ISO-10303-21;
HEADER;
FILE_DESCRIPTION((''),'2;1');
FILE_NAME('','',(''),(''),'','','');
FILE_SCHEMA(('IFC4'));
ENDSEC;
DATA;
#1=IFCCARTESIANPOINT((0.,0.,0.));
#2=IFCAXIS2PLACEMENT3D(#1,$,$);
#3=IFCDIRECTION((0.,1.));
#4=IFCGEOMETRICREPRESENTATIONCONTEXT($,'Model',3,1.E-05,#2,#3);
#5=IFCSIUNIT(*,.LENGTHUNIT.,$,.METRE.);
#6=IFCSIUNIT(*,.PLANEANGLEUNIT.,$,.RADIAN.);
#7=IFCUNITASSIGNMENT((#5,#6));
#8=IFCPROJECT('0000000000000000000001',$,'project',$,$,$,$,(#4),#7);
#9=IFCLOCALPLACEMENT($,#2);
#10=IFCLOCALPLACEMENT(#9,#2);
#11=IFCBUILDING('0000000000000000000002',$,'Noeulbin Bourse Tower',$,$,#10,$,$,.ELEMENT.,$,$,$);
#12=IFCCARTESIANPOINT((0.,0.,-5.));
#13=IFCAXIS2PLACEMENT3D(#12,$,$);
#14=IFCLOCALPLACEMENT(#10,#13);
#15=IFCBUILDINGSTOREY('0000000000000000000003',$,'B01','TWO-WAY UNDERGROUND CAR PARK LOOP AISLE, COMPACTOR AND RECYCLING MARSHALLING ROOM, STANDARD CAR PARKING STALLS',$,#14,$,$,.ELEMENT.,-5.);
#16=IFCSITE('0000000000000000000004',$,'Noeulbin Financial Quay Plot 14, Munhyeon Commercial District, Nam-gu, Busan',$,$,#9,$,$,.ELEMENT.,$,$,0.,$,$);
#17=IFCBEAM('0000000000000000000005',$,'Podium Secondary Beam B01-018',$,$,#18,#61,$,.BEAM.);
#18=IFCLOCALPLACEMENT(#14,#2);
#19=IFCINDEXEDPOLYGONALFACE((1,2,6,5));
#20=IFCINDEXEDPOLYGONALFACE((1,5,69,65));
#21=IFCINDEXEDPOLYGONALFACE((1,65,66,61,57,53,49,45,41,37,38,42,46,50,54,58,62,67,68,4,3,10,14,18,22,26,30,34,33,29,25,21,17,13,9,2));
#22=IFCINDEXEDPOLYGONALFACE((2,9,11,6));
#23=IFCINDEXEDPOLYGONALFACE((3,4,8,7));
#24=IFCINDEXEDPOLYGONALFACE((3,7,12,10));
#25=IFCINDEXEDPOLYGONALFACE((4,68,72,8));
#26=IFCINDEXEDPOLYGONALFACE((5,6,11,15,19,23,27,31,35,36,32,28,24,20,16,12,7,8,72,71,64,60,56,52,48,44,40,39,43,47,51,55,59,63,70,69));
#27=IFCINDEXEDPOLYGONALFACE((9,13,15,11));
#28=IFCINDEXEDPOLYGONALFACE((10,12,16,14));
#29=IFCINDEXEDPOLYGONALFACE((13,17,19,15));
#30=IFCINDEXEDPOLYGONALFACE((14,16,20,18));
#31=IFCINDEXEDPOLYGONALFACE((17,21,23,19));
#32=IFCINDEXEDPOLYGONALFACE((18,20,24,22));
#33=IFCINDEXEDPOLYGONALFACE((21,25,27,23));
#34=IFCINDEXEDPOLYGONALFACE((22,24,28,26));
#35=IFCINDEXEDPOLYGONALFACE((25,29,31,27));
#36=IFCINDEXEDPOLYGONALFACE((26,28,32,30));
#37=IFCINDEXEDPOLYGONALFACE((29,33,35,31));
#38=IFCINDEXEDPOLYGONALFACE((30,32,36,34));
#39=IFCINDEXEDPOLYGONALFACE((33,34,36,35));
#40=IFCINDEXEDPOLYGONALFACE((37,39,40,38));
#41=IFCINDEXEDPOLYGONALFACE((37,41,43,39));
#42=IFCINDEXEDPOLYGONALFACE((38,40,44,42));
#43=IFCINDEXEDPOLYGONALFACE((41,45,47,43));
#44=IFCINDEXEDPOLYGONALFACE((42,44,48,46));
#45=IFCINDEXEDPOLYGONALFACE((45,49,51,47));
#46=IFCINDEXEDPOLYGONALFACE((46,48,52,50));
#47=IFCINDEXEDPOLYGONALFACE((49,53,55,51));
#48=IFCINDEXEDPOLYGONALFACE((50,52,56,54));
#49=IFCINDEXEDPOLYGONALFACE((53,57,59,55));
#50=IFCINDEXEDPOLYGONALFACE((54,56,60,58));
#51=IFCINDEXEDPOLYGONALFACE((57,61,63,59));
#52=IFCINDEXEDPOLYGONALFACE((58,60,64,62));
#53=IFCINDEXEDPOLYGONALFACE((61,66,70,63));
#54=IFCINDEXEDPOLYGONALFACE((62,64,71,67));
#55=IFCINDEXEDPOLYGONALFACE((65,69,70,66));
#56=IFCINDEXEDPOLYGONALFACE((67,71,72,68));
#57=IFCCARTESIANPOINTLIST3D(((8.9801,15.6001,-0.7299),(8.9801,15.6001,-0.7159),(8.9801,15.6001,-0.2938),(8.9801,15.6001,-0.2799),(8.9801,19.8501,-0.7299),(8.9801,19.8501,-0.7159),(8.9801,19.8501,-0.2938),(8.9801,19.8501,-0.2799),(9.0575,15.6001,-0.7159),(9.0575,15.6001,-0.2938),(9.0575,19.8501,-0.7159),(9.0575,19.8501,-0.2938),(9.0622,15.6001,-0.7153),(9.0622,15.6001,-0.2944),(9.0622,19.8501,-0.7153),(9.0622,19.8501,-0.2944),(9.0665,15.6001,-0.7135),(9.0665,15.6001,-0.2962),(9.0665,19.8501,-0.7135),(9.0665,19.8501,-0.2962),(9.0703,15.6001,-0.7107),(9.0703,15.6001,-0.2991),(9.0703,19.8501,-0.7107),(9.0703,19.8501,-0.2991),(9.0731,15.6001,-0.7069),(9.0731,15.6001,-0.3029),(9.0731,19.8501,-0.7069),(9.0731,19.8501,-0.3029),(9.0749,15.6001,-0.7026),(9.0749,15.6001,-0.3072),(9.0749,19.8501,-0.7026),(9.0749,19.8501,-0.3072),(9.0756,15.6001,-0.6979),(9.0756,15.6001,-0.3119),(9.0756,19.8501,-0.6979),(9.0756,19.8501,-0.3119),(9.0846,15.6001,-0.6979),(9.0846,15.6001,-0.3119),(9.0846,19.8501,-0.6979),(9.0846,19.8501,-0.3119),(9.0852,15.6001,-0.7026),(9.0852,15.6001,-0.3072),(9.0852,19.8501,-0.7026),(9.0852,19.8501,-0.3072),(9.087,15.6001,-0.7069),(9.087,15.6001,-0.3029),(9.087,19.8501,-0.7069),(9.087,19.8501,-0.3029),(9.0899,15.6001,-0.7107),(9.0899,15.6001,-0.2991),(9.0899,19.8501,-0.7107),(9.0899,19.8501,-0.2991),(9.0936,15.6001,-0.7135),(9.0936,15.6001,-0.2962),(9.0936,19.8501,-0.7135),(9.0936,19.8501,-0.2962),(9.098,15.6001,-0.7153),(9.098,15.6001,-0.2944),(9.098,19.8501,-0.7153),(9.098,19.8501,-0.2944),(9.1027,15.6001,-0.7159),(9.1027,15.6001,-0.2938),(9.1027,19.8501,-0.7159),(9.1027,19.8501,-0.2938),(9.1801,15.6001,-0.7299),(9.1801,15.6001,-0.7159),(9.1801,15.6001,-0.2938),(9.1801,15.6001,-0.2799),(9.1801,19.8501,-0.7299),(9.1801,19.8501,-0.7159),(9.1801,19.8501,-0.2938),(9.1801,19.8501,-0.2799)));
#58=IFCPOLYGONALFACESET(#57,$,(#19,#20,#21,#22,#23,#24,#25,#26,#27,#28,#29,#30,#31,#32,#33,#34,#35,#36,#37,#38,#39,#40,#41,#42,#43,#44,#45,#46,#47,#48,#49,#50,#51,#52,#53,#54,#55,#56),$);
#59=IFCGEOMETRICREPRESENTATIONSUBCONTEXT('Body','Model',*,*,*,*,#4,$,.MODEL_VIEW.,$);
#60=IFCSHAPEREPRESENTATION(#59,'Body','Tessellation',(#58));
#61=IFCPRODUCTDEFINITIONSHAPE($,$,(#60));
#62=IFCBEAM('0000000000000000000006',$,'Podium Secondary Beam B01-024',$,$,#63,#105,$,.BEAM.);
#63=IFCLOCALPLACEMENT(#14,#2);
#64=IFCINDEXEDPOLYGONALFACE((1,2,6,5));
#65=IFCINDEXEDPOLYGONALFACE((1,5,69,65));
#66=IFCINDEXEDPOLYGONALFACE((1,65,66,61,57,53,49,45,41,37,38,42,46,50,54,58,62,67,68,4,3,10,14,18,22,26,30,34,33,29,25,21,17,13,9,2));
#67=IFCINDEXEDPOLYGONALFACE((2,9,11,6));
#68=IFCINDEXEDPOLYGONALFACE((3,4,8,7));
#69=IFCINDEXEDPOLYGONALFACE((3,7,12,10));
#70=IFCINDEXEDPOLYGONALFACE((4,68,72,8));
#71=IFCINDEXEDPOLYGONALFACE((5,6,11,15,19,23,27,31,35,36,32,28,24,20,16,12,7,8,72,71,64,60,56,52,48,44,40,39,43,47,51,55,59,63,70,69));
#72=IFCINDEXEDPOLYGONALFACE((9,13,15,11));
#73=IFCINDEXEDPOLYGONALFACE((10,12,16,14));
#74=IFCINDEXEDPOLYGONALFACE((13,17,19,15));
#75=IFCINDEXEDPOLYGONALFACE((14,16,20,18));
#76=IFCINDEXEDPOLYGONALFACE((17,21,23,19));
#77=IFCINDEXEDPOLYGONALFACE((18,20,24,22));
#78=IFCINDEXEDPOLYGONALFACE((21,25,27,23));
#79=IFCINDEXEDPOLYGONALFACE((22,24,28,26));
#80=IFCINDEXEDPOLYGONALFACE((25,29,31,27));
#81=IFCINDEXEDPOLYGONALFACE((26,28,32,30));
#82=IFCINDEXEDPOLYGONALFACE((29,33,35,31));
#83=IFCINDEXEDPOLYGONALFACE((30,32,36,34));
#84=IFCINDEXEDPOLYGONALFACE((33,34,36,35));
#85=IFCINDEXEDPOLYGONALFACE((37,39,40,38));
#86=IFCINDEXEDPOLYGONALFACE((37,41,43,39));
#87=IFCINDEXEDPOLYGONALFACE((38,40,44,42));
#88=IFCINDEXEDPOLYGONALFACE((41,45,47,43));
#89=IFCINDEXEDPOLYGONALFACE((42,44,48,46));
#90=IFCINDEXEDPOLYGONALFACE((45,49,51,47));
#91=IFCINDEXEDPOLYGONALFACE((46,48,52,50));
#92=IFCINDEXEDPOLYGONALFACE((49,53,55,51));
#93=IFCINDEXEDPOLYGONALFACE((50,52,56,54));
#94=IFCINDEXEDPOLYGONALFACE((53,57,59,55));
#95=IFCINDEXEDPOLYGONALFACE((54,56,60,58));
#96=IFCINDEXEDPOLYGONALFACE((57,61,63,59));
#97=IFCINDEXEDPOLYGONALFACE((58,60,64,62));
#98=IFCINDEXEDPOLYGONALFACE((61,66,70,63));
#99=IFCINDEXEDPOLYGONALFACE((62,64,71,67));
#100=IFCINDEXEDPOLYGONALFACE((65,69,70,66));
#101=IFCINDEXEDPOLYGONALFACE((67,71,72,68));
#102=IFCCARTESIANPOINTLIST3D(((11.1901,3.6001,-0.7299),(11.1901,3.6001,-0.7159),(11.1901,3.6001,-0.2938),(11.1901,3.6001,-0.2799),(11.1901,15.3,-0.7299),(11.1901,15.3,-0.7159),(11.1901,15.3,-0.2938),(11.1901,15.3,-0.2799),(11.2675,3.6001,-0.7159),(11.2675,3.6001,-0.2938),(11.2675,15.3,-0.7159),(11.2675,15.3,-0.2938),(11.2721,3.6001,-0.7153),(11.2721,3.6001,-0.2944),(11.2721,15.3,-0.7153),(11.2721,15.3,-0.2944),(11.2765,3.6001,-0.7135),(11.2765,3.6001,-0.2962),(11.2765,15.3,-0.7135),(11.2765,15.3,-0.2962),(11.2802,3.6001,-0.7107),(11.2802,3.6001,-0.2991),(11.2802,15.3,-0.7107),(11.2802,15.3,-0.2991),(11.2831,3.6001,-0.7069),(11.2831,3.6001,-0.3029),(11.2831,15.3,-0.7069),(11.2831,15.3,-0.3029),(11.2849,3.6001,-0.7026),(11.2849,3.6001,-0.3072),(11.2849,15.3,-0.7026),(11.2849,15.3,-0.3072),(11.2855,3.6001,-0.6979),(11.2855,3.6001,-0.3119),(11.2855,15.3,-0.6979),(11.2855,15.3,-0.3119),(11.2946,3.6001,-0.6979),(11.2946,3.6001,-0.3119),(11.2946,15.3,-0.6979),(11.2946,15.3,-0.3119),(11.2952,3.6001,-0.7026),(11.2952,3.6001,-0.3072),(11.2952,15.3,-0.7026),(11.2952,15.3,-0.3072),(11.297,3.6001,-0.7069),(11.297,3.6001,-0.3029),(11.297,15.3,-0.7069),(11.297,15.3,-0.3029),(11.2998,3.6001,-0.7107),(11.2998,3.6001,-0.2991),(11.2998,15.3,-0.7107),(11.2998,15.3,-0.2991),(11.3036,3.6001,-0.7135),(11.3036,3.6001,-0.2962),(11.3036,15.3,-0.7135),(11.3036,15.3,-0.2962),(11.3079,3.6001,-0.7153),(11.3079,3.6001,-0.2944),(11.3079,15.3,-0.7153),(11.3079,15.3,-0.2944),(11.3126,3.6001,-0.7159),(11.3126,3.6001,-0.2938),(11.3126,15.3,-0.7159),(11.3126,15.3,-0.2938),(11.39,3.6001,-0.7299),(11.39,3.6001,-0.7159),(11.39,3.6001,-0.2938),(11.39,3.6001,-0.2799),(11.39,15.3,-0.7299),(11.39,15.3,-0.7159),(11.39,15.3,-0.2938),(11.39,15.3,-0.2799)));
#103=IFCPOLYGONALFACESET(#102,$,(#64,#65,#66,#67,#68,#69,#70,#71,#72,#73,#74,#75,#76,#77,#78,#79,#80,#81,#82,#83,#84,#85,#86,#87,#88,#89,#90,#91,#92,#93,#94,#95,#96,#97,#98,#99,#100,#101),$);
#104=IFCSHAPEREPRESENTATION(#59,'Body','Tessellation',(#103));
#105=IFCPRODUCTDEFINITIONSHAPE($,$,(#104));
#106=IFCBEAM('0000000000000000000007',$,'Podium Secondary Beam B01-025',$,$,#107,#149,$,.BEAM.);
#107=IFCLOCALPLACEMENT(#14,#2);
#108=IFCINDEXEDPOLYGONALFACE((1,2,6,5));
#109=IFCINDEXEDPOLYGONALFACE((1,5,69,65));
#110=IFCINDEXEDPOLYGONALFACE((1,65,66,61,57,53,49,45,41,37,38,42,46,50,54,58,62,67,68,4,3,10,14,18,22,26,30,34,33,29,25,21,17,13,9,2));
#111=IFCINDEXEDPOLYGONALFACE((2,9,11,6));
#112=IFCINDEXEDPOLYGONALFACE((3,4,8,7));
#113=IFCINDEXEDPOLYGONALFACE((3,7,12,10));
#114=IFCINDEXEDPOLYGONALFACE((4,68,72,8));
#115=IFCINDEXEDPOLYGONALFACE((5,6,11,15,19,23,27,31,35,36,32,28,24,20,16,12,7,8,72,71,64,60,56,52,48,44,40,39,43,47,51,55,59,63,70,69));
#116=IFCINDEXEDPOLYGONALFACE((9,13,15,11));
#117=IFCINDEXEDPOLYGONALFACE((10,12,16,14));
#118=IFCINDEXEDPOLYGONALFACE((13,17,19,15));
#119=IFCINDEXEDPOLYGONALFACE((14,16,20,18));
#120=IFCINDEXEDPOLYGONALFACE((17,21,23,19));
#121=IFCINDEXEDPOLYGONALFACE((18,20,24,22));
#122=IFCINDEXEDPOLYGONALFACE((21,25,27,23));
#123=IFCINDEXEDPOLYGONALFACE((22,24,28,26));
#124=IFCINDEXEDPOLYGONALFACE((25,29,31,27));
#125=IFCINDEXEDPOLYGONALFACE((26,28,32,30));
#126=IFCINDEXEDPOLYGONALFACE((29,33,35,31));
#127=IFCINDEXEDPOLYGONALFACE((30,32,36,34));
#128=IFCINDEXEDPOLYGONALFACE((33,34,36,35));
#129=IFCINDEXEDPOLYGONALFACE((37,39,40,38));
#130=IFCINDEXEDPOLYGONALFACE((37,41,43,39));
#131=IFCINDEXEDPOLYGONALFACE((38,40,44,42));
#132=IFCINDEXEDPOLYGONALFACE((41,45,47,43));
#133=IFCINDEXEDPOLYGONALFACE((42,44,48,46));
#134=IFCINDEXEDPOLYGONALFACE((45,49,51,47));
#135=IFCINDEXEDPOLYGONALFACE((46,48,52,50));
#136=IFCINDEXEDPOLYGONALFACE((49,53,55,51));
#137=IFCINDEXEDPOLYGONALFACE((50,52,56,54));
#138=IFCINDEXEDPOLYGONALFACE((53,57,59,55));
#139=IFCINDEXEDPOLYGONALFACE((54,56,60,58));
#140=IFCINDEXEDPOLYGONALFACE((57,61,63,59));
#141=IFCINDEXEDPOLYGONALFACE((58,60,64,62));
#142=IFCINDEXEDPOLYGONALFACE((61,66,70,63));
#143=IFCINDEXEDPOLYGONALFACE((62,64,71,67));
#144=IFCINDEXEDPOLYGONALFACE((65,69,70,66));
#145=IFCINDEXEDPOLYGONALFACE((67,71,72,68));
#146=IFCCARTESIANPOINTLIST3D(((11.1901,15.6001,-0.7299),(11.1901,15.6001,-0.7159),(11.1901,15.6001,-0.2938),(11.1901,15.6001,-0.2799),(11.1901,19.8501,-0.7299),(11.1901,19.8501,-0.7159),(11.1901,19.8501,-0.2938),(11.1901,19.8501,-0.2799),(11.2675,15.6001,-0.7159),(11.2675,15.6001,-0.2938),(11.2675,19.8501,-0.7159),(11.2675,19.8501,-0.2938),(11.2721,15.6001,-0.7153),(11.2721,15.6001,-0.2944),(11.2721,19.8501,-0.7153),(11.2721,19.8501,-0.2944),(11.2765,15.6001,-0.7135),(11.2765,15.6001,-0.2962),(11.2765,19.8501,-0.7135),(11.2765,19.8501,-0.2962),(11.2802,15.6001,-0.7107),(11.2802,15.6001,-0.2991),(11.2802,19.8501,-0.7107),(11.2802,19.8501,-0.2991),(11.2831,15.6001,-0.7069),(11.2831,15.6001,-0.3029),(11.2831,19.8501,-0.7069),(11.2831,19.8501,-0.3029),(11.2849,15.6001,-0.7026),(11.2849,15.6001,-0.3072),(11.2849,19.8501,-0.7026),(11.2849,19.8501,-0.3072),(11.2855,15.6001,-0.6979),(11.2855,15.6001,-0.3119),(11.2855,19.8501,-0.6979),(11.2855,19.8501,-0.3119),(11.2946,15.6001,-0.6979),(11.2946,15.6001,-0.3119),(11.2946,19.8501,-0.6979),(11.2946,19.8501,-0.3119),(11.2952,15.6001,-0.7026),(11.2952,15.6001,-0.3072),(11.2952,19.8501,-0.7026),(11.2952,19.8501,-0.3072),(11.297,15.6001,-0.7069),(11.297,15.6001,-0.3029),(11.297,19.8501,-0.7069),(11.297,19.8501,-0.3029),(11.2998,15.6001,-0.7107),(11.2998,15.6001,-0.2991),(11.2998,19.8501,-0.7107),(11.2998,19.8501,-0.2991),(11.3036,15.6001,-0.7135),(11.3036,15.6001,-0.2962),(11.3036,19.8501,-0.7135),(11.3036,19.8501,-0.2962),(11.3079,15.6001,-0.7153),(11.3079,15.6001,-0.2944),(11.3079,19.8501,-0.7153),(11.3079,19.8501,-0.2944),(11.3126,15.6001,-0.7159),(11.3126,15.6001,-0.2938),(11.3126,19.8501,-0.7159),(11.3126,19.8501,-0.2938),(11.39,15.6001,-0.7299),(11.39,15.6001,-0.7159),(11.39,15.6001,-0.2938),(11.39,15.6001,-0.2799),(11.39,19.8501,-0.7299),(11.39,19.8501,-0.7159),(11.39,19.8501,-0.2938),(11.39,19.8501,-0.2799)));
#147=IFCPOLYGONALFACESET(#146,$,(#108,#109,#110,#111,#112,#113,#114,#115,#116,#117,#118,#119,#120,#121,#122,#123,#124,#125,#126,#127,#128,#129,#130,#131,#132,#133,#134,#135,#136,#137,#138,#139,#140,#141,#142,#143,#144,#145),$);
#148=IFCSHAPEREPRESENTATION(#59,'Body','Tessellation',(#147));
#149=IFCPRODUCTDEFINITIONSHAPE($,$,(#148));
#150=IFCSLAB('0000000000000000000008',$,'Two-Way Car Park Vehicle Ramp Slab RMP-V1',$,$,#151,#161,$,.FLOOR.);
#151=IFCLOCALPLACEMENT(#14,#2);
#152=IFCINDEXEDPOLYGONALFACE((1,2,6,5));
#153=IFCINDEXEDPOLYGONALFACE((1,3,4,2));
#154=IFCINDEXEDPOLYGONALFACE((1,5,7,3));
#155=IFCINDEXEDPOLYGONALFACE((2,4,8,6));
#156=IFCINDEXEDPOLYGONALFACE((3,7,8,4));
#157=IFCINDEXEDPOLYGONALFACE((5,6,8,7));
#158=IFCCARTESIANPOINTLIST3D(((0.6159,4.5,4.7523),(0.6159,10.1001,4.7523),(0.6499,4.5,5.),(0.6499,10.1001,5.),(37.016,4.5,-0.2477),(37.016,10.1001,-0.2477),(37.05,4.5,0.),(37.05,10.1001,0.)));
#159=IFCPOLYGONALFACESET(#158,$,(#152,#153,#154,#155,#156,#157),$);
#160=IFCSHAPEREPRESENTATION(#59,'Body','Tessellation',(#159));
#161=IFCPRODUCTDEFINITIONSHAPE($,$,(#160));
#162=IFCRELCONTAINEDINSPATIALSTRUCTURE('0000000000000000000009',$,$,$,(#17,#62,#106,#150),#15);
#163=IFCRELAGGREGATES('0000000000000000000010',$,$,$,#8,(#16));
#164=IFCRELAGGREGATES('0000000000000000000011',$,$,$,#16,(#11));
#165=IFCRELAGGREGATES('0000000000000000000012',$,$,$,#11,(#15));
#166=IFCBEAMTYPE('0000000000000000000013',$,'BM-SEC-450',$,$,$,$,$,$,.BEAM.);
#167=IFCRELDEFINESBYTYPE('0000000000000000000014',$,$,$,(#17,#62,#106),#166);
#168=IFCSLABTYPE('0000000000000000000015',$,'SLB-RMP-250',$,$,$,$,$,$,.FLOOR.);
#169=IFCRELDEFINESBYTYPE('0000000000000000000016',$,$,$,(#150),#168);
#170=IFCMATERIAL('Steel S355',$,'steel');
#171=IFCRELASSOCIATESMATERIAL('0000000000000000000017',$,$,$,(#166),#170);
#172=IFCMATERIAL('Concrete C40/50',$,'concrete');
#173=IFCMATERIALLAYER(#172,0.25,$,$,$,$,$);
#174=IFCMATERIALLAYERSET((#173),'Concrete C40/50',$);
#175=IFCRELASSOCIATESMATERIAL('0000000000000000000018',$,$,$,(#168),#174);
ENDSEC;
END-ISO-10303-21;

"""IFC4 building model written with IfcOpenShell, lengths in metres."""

from ifc_helpers import new_model, si_unit, direction, frame, origin, origin_2d, place, context, subcontext, project, spatial, polyline, i_section, outline, extrude, material, layer, layer_set, material_profile, profile_set, type_object, element, save


model = new_model("IFC4")

# Units and contexts
model_context = context("Model", 3, precision=1e-05, world=origin(), true_north=direction((0.0, 1.0)))
body_context = subcontext(model_context, "Body", "Model", "MODEL_VIEW")
ifc_project = project(units=[si_unit("LENGTHUNIT", "METRE"), si_unit("PLANEANGLEUNIT", "RADIAN")], contexts=[model_context])

# Site, building, storey
site_placement = place(None, origin())
site = spatial("IfcSite", under=ifc_project, at=site_placement, Name="Noeulbin Financial Quay Plot 14, Munhyeon Commercial District, Nam-gu, Busan", CompositionType="ELEMENT", RefElevation=0.0)
building_placement = place(site_placement, origin())
building = spatial("IfcBuilding", under=site, at=building_placement, Name="Noeulbin Bourse Tower", CompositionType="ELEMENT")
storey_placement = place(building_placement, frame((0.0, 0.0, -5.0)))
storey = spatial("IfcBuildingStorey", under=building, at=storey_placement, Name="B01", Description="TWO-WAY UNDERGROUND CAR PARK LOOP AISLE, COMPACTOR AND RECYCLING MARSHALLING ROOM, STANDARD CAR PARKING STALLS", CompositionType="ELEMENT", Elevation=-5.0)

# Beams
ifc_material_1 = material(Name="Steel S355", Category="steel")
ifc_material_profile_1 = material_profile(ifc_material_1, i_section(OverallWidth=0.2, OverallDepth=0.45, WebThickness=0.009, FlangeThickness=0.0139, FilletRadius=0.0181, at=origin_2d()), Name="H-450x200x9x14", Category="LoadBearing")
ifc_profile_set_1 = profile_set([ifc_material_profile_1], Name="Steel S355")
beam_type_1 = type_object("IfcBeamType", Name="BM-SEC-450", PredefinedType="BEAM", material=ifc_profile_set_1)
for number, where, z_axis, x_axis, name in (
    (1, (9.0801, 15.6001, -0.5049), (0.0, 1.0, 0.0), (-1.0, 0.0, 0.0), "Podium Secondary Beam B01-018"),
):
    element("IfcBeam", number, at=place(storey_placement, frame(where, z_axis=z_axis, x_axis=x_axis)), inside=storey, type_object=beam_type_1, Name=name, PredefinedType="BEAM", context=body_context, shape_type="SweptSolid", body=[
        extrude(i_section(OverallWidth=0.2, OverallDepth=0.45, WebThickness=0.009, FlangeThickness=0.0139, FilletRadius=0.0181, at=origin_2d()), origin(), (0.0, 0.0, 1.0), 4.25),
    ])
beam_1_placement = place(storey_placement, frame((11.29, 3.6001, -0.5049), z_axis=(0.0, 1.0, 0.0), x_axis=(-1.0, 0.0, 0.0)))
element("IfcBeam", 2, at=beam_1_placement, inside=storey, type_object=beam_type_1, Name="Podium Secondary Beam B01-024", PredefinedType="BEAM", context=body_context, shape_type="SweptSolid", body=[
    extrude(i_section(OverallWidth=0.2, OverallDepth=0.45, WebThickness=0.009, FlangeThickness=0.0139, FilletRadius=0.0181, at=origin_2d()), origin(), (0.0, 0.0, 1.0), 11.7),
])
beam_2_placement = place(storey_placement, frame((11.29, 15.6001, -0.5049), z_axis=(0.0, 1.0, 0.0), x_axis=(-1.0, 0.0, 0.0)))
element("IfcBeam", 3, at=beam_2_placement, inside=storey, type_object=beam_type_1, Name="Podium Secondary Beam B01-025", PredefinedType="BEAM", context=body_context, shape_type="SweptSolid", body=[
    extrude(i_section(OverallWidth=0.2, OverallDepth=0.45, WebThickness=0.009, FlangeThickness=0.0139, FilletRadius=0.0181, at=origin_2d()), origin(), (0.0, 0.0, 1.0), 4.25),
])

# Slab
ifc_material_2 = material(Name="Concrete C40/50", Category="concrete")
ifc_layer_1 = layer(ifc_material_2, 0.25)
ifc_layer_set_1 = layer_set([ifc_layer_1], Name="Concrete C40/50")
slab_type = type_object("IfcSlabType", Name="SLB-RMP-250", PredefinedType="FLOOR", material=ifc_layer_set_1)
slab_placement = place(storey_placement, frame((0.6499, 4.5, 5.0), z_axis=(0.136084, 0.0, 0.990697), x_axis=(0.990697, 0.0, -0.136084)))
element("IfcSlab", 4, at=slab_placement, inside=storey, type_object=slab_type, Name="Two-Way Car Park Vehicle Ramp Slab RMP-V1", PredefinedType="FLOOR", context=body_context, shape_type="SweptSolid", body=[
    extrude(outline(polyline([(0.0, 0.0), (36.7419, 0.0), (36.7419, 5.6001), (0.0, 5.6001), (0.0, 0.0)])), origin(), (0.0, 0.0, -1.0), 0.25),
])

save(model, "model.ifc")
